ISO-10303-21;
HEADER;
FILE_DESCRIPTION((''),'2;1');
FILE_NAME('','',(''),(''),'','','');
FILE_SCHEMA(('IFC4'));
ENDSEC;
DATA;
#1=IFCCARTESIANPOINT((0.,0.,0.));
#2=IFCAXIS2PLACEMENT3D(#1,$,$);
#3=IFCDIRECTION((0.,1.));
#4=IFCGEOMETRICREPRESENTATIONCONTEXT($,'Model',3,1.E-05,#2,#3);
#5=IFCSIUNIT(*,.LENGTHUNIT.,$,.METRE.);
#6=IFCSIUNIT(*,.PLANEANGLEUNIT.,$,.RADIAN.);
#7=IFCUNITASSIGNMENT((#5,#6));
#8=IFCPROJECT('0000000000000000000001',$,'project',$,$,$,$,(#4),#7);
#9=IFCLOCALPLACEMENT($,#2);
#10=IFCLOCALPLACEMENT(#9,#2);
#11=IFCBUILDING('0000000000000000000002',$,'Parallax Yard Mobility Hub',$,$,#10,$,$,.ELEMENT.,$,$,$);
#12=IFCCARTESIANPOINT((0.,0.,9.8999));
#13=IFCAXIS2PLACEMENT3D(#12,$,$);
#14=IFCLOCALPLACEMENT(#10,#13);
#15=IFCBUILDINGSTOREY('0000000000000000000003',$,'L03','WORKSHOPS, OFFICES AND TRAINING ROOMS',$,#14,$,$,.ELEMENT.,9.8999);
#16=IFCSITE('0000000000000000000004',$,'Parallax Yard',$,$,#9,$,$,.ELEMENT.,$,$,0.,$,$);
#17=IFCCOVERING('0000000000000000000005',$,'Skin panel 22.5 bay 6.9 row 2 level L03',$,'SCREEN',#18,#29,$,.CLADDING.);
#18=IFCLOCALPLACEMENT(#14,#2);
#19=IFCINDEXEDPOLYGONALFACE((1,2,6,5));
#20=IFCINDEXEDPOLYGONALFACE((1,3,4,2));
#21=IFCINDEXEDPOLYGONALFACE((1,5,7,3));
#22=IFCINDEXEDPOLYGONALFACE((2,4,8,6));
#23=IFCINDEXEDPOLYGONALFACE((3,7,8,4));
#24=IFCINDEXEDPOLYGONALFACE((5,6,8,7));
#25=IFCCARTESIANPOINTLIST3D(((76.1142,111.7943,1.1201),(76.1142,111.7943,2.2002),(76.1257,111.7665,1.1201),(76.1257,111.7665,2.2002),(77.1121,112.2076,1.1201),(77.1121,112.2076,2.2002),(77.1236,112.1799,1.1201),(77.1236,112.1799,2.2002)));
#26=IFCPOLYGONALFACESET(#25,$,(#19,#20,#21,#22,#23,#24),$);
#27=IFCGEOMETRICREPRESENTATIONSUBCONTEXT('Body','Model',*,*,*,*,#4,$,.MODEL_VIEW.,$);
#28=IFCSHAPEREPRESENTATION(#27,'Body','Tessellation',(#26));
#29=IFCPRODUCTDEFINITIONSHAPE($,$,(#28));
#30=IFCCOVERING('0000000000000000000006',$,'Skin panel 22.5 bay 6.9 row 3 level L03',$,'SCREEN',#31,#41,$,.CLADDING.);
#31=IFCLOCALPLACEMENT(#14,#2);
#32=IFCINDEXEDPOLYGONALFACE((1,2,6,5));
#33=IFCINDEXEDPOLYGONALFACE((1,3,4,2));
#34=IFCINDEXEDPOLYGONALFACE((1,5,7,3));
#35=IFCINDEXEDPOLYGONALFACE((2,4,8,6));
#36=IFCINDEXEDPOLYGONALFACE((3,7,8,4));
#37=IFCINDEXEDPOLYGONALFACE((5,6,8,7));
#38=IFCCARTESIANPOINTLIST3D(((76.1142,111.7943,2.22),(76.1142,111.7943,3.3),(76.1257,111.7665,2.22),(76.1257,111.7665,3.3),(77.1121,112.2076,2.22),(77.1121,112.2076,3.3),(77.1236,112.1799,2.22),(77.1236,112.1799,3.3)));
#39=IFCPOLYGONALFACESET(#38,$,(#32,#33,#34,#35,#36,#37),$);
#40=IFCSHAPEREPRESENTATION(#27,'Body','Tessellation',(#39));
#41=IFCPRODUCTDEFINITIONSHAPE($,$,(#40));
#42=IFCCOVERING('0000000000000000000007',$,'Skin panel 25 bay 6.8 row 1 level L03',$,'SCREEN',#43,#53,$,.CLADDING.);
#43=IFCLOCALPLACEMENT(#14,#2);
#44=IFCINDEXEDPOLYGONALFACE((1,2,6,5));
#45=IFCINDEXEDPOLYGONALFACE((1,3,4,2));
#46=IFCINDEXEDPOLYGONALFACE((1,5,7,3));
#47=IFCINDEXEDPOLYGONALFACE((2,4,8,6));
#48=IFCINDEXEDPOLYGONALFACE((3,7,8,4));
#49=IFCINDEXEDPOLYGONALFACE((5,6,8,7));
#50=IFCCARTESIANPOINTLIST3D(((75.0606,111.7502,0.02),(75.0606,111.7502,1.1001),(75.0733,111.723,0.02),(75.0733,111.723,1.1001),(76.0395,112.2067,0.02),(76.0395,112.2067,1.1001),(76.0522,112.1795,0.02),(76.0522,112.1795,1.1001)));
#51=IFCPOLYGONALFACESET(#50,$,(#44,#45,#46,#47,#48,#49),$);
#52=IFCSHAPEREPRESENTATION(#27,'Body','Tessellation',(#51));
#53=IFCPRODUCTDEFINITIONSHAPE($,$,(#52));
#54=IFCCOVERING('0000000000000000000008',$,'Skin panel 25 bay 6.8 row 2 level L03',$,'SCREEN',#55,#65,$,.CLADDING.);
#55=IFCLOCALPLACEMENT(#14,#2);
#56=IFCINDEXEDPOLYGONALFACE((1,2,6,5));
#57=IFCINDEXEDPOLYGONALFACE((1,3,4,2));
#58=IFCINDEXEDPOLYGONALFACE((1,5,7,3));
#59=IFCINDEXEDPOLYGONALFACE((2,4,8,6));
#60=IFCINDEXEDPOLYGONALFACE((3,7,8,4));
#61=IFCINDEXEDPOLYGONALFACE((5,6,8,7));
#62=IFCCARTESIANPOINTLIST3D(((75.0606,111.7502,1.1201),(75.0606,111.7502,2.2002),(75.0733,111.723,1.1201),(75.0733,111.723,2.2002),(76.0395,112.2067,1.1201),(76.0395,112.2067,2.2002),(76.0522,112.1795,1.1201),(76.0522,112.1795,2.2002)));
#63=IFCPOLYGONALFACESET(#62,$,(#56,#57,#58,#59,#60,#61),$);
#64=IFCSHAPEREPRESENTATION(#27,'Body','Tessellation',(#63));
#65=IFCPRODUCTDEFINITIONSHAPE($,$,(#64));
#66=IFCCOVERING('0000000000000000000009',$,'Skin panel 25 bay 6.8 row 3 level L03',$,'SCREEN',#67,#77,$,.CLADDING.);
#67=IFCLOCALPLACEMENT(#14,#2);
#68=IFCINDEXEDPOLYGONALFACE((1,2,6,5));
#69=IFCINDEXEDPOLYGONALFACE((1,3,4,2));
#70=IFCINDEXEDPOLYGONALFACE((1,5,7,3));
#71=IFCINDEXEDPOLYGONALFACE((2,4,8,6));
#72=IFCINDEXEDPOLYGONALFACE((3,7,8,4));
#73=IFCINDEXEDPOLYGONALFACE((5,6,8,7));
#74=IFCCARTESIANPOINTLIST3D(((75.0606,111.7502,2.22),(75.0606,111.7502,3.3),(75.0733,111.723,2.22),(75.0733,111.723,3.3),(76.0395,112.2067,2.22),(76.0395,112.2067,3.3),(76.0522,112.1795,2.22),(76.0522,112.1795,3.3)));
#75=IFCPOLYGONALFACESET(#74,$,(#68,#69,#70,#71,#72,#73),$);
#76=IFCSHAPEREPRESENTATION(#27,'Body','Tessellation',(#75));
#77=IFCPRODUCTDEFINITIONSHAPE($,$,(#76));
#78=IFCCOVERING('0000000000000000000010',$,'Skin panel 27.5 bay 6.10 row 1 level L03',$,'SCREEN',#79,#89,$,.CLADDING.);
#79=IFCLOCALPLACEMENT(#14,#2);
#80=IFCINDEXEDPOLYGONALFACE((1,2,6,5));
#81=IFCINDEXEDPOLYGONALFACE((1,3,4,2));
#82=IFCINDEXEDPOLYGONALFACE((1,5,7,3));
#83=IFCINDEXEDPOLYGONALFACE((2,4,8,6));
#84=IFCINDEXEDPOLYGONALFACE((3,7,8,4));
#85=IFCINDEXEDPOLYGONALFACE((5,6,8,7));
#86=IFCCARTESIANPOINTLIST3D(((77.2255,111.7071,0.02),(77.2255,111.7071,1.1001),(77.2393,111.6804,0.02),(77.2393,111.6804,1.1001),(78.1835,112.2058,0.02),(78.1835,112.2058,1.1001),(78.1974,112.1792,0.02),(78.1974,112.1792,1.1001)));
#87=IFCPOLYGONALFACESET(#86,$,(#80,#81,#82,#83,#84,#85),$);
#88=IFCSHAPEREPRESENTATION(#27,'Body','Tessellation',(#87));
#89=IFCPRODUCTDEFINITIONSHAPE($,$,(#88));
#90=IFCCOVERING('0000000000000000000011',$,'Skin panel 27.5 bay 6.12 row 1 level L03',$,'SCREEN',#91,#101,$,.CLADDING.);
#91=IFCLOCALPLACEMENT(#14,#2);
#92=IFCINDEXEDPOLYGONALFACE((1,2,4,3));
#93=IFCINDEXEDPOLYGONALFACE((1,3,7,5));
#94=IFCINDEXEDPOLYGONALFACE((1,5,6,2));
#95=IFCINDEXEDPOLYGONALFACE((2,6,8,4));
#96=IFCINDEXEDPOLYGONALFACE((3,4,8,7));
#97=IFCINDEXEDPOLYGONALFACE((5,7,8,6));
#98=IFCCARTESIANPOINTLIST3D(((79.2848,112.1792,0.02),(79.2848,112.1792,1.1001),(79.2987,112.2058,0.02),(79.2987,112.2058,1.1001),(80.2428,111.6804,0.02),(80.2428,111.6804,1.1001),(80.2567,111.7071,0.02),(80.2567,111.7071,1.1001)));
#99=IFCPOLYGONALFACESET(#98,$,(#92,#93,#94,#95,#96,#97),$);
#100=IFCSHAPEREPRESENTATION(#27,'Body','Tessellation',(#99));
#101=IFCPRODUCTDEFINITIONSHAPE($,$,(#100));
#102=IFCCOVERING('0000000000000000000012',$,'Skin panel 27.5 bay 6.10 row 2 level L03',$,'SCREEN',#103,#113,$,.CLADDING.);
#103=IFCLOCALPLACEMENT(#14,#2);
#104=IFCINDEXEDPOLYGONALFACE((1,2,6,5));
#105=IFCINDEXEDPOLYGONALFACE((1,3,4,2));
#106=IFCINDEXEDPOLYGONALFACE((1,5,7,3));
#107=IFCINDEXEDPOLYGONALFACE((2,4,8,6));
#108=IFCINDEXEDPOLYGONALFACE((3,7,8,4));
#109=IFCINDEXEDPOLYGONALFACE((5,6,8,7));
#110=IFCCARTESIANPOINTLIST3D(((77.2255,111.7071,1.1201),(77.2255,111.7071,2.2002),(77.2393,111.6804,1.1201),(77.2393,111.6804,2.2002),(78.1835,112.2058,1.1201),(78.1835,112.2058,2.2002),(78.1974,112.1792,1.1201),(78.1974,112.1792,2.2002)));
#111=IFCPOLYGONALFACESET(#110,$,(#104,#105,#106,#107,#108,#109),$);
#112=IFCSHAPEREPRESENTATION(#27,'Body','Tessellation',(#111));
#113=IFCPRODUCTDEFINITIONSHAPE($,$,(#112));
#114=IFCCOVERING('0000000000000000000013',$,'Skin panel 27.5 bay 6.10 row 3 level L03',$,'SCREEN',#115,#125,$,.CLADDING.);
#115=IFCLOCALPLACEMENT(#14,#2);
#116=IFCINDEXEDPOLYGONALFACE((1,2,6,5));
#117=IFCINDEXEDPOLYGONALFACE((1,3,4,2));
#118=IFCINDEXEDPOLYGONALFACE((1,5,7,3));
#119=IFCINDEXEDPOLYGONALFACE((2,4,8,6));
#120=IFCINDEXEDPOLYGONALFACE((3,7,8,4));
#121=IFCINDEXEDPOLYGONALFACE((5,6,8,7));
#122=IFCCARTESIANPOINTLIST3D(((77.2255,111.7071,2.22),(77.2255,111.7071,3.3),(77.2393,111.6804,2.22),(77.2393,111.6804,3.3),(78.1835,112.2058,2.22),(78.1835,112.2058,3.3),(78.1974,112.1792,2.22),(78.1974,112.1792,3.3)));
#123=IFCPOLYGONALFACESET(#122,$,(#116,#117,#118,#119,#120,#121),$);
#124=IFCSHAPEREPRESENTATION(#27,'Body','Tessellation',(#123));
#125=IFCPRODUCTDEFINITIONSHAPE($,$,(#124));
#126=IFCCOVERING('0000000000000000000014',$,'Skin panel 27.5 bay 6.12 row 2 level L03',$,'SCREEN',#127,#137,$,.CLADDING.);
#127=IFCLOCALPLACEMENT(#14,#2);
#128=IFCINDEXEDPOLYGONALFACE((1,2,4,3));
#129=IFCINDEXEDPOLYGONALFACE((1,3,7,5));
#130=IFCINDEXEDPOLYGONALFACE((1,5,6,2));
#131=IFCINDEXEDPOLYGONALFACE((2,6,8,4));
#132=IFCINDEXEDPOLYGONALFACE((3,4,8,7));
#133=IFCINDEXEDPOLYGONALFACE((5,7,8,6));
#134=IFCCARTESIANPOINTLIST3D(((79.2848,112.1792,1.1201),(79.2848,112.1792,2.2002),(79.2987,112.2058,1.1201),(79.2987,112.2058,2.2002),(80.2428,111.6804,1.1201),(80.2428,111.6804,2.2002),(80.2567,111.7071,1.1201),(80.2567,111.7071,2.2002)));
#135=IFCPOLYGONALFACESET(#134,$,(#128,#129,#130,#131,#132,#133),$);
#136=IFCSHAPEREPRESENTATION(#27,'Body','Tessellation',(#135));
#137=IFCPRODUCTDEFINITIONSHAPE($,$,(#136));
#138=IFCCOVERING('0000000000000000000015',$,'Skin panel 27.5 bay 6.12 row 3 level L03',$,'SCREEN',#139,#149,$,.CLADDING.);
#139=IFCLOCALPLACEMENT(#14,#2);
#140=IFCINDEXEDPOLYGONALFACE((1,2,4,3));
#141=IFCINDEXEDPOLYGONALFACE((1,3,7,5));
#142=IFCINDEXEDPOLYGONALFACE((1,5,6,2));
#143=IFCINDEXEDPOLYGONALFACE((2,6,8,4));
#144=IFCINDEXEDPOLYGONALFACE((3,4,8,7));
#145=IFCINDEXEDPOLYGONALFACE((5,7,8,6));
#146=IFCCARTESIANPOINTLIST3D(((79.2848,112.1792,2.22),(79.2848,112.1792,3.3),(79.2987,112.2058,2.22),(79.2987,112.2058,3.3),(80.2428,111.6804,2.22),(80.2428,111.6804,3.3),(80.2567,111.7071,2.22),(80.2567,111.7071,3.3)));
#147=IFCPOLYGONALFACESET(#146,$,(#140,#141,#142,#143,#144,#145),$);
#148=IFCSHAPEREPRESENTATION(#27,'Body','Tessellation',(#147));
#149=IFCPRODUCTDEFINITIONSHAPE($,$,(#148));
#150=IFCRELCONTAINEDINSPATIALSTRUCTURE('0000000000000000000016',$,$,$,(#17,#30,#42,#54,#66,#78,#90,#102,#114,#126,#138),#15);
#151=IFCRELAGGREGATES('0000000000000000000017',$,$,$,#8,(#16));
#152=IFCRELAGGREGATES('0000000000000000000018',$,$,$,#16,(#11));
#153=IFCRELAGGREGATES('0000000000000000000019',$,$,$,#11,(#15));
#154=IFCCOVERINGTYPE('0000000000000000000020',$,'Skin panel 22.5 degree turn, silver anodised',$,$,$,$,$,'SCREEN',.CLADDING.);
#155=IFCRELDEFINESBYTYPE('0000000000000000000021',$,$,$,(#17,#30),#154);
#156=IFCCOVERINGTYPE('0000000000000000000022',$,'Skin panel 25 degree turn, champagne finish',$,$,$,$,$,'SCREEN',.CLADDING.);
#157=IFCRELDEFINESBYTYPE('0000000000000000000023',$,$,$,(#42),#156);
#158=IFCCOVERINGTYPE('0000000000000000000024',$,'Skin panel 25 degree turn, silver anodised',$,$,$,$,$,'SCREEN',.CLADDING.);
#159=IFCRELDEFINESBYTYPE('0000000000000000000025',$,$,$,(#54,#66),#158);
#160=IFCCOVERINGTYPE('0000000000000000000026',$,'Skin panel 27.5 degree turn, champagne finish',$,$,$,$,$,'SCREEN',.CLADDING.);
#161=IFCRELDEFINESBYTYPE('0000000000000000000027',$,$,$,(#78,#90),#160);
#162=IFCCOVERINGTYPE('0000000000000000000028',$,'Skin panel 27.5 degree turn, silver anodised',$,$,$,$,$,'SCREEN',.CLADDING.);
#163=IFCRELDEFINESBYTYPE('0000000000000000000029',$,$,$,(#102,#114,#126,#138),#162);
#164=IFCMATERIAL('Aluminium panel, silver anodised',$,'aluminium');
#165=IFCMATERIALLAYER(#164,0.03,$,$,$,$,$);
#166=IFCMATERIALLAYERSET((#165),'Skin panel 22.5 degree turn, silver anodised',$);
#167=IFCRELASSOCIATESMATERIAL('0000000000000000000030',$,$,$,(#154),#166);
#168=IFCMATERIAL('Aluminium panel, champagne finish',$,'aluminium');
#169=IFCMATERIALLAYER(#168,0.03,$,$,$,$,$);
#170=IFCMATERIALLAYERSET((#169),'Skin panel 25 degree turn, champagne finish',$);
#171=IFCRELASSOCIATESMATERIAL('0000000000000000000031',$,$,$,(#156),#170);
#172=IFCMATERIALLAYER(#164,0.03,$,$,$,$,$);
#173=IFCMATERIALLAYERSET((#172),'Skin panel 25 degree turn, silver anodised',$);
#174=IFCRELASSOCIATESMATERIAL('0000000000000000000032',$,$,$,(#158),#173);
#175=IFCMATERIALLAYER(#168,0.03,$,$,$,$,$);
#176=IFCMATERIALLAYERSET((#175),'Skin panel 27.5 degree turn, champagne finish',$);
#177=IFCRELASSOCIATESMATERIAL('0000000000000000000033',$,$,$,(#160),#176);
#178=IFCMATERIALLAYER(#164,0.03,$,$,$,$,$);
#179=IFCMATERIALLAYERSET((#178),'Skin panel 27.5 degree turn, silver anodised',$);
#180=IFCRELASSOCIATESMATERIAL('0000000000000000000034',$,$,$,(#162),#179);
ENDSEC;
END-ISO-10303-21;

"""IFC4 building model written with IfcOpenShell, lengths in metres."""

from ifc_helpers import new_model, si_unit, direction, frame, origin, origin_2d, place, context, subcontext, project, spatial, rectangle, extrude, material, layer, layer_set, type_object, element, save


model = new_model("IFC4")

# Units and contexts
model_context = context("Model", 3, precision=1e-05, world=origin(), true_north=direction((0.0, 1.0)))
body_context = subcontext(model_context, "Body", "Model", "MODEL_VIEW")
ifc_project = project(units=[si_unit("LENGTHUNIT", "METRE"), si_unit("PLANEANGLEUNIT", "RADIAN")], contexts=[model_context])

# Site, building, storey
site_placement = place(None, origin())
site = spatial("IfcSite", under=ifc_project, at=site_placement, Name="Parallax Yard", CompositionType="ELEMENT", RefElevation=0.0)
building_placement = place(site_placement, origin())
building = spatial("IfcBuilding", under=site, at=building_placement, Name="Parallax Yard Mobility Hub", CompositionType="ELEMENT")
storey_placement = place(building_placement, frame((0.0, 0.0, 9.8999)))
storey = spatial("IfcBuildingStorey", under=building, at=storey_placement, Name="L03", Description="WORKSHOPS, OFFICES AND TRAINING ROOMS", CompositionType="ELEMENT", Elevation=9.8999)

# Coverings
ifc_material_1 = material(Name="Aluminium panel, champagne finish", Category="aluminium")
ifc_material_2 = material(Name="Aluminium panel, silver anodised", Category="aluminium")
ifc_layer_1 = layer(ifc_material_2, 0.03)
ifc_layer_set_1 = layer_set([ifc_layer_1], Name="Skin panel 22.5 degree turn, silver anodised")
covering_type_1 = type_object("IfcCoveringType", Name="Skin panel 22.5 degree turn, silver anodised", ElementType="SCREEN", PredefinedType="CLADDING", material=ifc_layer_set_1)
for number, where, z_axis, x_axis, name in (
    (1, (76.6189, 111.9871, 1.1201), (0.0, 0.0, 1.0), (-0.92388, -0.382683, 0.0), "Skin panel 22.5 bay 6.9 row 2 level L03"),
    (2, (76.6189, 111.9871, 2.22), (0.0, 0.0, 1.0), (-0.92388, -0.382683, 0.0), "Skin panel 22.5 bay 6.9 row 3 level L03"),
):
    element("IfcCovering", number, at=place(storey_placement, frame(where, z_axis=z_axis, x_axis=x_axis)), inside=storey, type_object=covering_type_1, Name=name, ObjectType="SCREEN", PredefinedType="CLADDING", context=body_context, shape_type="SweptSolid", body=[
        extrude(rectangle(XDim=1.0801, YDim=0.03, at=origin_2d()), origin(), (0.0, 0.0, 1.0), 1.0801),
    ])
ifc_layer_2 = layer(ifc_material_1, 0.03)
ifc_layer_set_2 = layer_set([ifc_layer_2], Name="Skin panel 25 degree turn, champagne finish")
covering_type_2 = type_object("IfcCoveringType", Name="Skin panel 25 degree turn, champagne finish", ElementType="SCREEN", PredefinedType="CLADDING", material=ifc_layer_set_2)
covering_1_placement = place(storey_placement, frame((75.5564, 111.9648, 0.02), z_axis=(0.0, 0.0, 1.0), x_axis=(-0.906308, -0.422618, 0.0)))
element("IfcCovering", 3, at=covering_1_placement, inside=storey, type_object=covering_type_2, Name="Skin panel 25 bay 6.8 row 1 level L03", ObjectType="SCREEN", PredefinedType="CLADDING", context=body_context, shape_type="SweptSolid", body=[
    extrude(rectangle(XDim=1.0801, YDim=0.03, at=origin_2d()), origin(), (0.0, 0.0, 1.0), 1.0801),
])
ifc_layer_3 = layer(ifc_material_2, 0.03)
ifc_layer_set_3 = layer_set([ifc_layer_3], Name="Skin panel 25 degree turn, silver anodised")
covering_type_3 = type_object("IfcCoveringType", Name="Skin panel 25 degree turn, silver anodised", ElementType="SCREEN", PredefinedType="CLADDING", material=ifc_layer_set_3)
for number, where, z_axis, x_axis, name in (
    (4, (75.5564, 111.9648, 1.1201), (0.0, 0.0, 1.0), (-0.906308, -0.422618, 0.0), "Skin panel 25 bay 6.8 row 2 level L03"),
    (5, (75.5564, 111.9648, 2.22), (0.0, 0.0, 1.0), (-0.906308, -0.422618, 0.0), "Skin panel 25 bay 6.8 row 3 level L03"),
):
    element("IfcCovering", number, at=place(storey_placement, frame(where, z_axis=z_axis, x_axis=x_axis)), inside=storey, type_object=covering_type_3, Name=name, ObjectType="SCREEN", PredefinedType="CLADDING", context=body_context, shape_type="SweptSolid", body=[
        extrude(rectangle(XDim=1.0801, YDim=0.03, at=origin_2d()), origin(), (0.0, 0.0, 1.0), 1.0801),
    ])
ifc_layer_4 = layer(ifc_material_1, 0.03)
ifc_layer_set_4 = layer_set([ifc_layer_4], Name="Skin panel 27.5 degree turn, champagne finish")
covering_type_4 = type_object("IfcCoveringType", Name="Skin panel 27.5 degree turn, champagne finish", ElementType="SCREEN", PredefinedType="CLADDING", material=ifc_layer_set_4)
for number, where, z_axis, x_axis, name in (
    (6, (77.7114, 111.9431, 0.02), (0.0, 0.0, 1.0), (-0.887011, -0.461749, 0.0), "Skin panel 27.5 bay 6.10 row 1 level L03"),
    (7, (79.7708, 111.9431, 0.02), (0.0, 0.0, 1.0), (0.887011, -0.461749, 0.0), "Skin panel 27.5 bay 6.12 row 1 level L03"),
):
    element("IfcCovering", number, at=place(storey_placement, frame(where, z_axis=z_axis, x_axis=x_axis)), inside=storey, type_object=covering_type_4, Name=name, ObjectType="SCREEN", PredefinedType="CLADDING", context=body_context, shape_type="SweptSolid", body=[
        extrude(rectangle(XDim=1.0801, YDim=0.03, at=origin_2d()), origin(), (0.0, 0.0, 1.0), 1.0801),
    ])
ifc_layer_5 = layer(ifc_material_2, 0.03)
ifc_layer_set_5 = layer_set([ifc_layer_5], Name="Skin panel 27.5 degree turn, silver anodised")
covering_type_5 = type_object("IfcCoveringType", Name="Skin panel 27.5 degree turn, silver anodised", ElementType="SCREEN", PredefinedType="CLADDING", material=ifc_layer_set_5)
for number, where, z_axis, x_axis, name in (
    (8, (77.7114, 111.9431, 1.1201), (0.0, 0.0, 1.0), (-0.887011, -0.461749, 0.0), "Skin panel 27.5 bay 6.10 row 2 level L03"),
    (9, (77.7114, 111.9431, 2.22), (0.0, 0.0, 1.0), (-0.887011, -0.461749, 0.0), "Skin panel 27.5 bay 6.10 row 3 level L03"),
    (10, (79.7708, 111.9431, 1.1201), (0.0, 0.0, 1.0), (0.887011, -0.461749, 0.0), "Skin panel 27.5 bay 6.12 row 2 level L03"),
    (11, (79.7708, 111.9431, 2.22), (0.0, 0.0, 1.0), (0.887011, -0.461749, 0.0), "Skin panel 27.5 bay 6.12 row 3 level L03"),
):
    element("IfcCovering", number, at=place(storey_placement, frame(where, z_axis=z_axis, x_axis=x_axis)), inside=storey, type_object=covering_type_5, Name=name, ObjectType="SCREEN", PredefinedType="CLADDING", context=body_context, shape_type="SweptSolid", body=[
        extrude(rectangle(XDim=1.0801, YDim=0.03, at=origin_2d()), origin(), (0.0, 0.0, 1.0), 1.0801),
    ])

save(model, "model.ifc")
